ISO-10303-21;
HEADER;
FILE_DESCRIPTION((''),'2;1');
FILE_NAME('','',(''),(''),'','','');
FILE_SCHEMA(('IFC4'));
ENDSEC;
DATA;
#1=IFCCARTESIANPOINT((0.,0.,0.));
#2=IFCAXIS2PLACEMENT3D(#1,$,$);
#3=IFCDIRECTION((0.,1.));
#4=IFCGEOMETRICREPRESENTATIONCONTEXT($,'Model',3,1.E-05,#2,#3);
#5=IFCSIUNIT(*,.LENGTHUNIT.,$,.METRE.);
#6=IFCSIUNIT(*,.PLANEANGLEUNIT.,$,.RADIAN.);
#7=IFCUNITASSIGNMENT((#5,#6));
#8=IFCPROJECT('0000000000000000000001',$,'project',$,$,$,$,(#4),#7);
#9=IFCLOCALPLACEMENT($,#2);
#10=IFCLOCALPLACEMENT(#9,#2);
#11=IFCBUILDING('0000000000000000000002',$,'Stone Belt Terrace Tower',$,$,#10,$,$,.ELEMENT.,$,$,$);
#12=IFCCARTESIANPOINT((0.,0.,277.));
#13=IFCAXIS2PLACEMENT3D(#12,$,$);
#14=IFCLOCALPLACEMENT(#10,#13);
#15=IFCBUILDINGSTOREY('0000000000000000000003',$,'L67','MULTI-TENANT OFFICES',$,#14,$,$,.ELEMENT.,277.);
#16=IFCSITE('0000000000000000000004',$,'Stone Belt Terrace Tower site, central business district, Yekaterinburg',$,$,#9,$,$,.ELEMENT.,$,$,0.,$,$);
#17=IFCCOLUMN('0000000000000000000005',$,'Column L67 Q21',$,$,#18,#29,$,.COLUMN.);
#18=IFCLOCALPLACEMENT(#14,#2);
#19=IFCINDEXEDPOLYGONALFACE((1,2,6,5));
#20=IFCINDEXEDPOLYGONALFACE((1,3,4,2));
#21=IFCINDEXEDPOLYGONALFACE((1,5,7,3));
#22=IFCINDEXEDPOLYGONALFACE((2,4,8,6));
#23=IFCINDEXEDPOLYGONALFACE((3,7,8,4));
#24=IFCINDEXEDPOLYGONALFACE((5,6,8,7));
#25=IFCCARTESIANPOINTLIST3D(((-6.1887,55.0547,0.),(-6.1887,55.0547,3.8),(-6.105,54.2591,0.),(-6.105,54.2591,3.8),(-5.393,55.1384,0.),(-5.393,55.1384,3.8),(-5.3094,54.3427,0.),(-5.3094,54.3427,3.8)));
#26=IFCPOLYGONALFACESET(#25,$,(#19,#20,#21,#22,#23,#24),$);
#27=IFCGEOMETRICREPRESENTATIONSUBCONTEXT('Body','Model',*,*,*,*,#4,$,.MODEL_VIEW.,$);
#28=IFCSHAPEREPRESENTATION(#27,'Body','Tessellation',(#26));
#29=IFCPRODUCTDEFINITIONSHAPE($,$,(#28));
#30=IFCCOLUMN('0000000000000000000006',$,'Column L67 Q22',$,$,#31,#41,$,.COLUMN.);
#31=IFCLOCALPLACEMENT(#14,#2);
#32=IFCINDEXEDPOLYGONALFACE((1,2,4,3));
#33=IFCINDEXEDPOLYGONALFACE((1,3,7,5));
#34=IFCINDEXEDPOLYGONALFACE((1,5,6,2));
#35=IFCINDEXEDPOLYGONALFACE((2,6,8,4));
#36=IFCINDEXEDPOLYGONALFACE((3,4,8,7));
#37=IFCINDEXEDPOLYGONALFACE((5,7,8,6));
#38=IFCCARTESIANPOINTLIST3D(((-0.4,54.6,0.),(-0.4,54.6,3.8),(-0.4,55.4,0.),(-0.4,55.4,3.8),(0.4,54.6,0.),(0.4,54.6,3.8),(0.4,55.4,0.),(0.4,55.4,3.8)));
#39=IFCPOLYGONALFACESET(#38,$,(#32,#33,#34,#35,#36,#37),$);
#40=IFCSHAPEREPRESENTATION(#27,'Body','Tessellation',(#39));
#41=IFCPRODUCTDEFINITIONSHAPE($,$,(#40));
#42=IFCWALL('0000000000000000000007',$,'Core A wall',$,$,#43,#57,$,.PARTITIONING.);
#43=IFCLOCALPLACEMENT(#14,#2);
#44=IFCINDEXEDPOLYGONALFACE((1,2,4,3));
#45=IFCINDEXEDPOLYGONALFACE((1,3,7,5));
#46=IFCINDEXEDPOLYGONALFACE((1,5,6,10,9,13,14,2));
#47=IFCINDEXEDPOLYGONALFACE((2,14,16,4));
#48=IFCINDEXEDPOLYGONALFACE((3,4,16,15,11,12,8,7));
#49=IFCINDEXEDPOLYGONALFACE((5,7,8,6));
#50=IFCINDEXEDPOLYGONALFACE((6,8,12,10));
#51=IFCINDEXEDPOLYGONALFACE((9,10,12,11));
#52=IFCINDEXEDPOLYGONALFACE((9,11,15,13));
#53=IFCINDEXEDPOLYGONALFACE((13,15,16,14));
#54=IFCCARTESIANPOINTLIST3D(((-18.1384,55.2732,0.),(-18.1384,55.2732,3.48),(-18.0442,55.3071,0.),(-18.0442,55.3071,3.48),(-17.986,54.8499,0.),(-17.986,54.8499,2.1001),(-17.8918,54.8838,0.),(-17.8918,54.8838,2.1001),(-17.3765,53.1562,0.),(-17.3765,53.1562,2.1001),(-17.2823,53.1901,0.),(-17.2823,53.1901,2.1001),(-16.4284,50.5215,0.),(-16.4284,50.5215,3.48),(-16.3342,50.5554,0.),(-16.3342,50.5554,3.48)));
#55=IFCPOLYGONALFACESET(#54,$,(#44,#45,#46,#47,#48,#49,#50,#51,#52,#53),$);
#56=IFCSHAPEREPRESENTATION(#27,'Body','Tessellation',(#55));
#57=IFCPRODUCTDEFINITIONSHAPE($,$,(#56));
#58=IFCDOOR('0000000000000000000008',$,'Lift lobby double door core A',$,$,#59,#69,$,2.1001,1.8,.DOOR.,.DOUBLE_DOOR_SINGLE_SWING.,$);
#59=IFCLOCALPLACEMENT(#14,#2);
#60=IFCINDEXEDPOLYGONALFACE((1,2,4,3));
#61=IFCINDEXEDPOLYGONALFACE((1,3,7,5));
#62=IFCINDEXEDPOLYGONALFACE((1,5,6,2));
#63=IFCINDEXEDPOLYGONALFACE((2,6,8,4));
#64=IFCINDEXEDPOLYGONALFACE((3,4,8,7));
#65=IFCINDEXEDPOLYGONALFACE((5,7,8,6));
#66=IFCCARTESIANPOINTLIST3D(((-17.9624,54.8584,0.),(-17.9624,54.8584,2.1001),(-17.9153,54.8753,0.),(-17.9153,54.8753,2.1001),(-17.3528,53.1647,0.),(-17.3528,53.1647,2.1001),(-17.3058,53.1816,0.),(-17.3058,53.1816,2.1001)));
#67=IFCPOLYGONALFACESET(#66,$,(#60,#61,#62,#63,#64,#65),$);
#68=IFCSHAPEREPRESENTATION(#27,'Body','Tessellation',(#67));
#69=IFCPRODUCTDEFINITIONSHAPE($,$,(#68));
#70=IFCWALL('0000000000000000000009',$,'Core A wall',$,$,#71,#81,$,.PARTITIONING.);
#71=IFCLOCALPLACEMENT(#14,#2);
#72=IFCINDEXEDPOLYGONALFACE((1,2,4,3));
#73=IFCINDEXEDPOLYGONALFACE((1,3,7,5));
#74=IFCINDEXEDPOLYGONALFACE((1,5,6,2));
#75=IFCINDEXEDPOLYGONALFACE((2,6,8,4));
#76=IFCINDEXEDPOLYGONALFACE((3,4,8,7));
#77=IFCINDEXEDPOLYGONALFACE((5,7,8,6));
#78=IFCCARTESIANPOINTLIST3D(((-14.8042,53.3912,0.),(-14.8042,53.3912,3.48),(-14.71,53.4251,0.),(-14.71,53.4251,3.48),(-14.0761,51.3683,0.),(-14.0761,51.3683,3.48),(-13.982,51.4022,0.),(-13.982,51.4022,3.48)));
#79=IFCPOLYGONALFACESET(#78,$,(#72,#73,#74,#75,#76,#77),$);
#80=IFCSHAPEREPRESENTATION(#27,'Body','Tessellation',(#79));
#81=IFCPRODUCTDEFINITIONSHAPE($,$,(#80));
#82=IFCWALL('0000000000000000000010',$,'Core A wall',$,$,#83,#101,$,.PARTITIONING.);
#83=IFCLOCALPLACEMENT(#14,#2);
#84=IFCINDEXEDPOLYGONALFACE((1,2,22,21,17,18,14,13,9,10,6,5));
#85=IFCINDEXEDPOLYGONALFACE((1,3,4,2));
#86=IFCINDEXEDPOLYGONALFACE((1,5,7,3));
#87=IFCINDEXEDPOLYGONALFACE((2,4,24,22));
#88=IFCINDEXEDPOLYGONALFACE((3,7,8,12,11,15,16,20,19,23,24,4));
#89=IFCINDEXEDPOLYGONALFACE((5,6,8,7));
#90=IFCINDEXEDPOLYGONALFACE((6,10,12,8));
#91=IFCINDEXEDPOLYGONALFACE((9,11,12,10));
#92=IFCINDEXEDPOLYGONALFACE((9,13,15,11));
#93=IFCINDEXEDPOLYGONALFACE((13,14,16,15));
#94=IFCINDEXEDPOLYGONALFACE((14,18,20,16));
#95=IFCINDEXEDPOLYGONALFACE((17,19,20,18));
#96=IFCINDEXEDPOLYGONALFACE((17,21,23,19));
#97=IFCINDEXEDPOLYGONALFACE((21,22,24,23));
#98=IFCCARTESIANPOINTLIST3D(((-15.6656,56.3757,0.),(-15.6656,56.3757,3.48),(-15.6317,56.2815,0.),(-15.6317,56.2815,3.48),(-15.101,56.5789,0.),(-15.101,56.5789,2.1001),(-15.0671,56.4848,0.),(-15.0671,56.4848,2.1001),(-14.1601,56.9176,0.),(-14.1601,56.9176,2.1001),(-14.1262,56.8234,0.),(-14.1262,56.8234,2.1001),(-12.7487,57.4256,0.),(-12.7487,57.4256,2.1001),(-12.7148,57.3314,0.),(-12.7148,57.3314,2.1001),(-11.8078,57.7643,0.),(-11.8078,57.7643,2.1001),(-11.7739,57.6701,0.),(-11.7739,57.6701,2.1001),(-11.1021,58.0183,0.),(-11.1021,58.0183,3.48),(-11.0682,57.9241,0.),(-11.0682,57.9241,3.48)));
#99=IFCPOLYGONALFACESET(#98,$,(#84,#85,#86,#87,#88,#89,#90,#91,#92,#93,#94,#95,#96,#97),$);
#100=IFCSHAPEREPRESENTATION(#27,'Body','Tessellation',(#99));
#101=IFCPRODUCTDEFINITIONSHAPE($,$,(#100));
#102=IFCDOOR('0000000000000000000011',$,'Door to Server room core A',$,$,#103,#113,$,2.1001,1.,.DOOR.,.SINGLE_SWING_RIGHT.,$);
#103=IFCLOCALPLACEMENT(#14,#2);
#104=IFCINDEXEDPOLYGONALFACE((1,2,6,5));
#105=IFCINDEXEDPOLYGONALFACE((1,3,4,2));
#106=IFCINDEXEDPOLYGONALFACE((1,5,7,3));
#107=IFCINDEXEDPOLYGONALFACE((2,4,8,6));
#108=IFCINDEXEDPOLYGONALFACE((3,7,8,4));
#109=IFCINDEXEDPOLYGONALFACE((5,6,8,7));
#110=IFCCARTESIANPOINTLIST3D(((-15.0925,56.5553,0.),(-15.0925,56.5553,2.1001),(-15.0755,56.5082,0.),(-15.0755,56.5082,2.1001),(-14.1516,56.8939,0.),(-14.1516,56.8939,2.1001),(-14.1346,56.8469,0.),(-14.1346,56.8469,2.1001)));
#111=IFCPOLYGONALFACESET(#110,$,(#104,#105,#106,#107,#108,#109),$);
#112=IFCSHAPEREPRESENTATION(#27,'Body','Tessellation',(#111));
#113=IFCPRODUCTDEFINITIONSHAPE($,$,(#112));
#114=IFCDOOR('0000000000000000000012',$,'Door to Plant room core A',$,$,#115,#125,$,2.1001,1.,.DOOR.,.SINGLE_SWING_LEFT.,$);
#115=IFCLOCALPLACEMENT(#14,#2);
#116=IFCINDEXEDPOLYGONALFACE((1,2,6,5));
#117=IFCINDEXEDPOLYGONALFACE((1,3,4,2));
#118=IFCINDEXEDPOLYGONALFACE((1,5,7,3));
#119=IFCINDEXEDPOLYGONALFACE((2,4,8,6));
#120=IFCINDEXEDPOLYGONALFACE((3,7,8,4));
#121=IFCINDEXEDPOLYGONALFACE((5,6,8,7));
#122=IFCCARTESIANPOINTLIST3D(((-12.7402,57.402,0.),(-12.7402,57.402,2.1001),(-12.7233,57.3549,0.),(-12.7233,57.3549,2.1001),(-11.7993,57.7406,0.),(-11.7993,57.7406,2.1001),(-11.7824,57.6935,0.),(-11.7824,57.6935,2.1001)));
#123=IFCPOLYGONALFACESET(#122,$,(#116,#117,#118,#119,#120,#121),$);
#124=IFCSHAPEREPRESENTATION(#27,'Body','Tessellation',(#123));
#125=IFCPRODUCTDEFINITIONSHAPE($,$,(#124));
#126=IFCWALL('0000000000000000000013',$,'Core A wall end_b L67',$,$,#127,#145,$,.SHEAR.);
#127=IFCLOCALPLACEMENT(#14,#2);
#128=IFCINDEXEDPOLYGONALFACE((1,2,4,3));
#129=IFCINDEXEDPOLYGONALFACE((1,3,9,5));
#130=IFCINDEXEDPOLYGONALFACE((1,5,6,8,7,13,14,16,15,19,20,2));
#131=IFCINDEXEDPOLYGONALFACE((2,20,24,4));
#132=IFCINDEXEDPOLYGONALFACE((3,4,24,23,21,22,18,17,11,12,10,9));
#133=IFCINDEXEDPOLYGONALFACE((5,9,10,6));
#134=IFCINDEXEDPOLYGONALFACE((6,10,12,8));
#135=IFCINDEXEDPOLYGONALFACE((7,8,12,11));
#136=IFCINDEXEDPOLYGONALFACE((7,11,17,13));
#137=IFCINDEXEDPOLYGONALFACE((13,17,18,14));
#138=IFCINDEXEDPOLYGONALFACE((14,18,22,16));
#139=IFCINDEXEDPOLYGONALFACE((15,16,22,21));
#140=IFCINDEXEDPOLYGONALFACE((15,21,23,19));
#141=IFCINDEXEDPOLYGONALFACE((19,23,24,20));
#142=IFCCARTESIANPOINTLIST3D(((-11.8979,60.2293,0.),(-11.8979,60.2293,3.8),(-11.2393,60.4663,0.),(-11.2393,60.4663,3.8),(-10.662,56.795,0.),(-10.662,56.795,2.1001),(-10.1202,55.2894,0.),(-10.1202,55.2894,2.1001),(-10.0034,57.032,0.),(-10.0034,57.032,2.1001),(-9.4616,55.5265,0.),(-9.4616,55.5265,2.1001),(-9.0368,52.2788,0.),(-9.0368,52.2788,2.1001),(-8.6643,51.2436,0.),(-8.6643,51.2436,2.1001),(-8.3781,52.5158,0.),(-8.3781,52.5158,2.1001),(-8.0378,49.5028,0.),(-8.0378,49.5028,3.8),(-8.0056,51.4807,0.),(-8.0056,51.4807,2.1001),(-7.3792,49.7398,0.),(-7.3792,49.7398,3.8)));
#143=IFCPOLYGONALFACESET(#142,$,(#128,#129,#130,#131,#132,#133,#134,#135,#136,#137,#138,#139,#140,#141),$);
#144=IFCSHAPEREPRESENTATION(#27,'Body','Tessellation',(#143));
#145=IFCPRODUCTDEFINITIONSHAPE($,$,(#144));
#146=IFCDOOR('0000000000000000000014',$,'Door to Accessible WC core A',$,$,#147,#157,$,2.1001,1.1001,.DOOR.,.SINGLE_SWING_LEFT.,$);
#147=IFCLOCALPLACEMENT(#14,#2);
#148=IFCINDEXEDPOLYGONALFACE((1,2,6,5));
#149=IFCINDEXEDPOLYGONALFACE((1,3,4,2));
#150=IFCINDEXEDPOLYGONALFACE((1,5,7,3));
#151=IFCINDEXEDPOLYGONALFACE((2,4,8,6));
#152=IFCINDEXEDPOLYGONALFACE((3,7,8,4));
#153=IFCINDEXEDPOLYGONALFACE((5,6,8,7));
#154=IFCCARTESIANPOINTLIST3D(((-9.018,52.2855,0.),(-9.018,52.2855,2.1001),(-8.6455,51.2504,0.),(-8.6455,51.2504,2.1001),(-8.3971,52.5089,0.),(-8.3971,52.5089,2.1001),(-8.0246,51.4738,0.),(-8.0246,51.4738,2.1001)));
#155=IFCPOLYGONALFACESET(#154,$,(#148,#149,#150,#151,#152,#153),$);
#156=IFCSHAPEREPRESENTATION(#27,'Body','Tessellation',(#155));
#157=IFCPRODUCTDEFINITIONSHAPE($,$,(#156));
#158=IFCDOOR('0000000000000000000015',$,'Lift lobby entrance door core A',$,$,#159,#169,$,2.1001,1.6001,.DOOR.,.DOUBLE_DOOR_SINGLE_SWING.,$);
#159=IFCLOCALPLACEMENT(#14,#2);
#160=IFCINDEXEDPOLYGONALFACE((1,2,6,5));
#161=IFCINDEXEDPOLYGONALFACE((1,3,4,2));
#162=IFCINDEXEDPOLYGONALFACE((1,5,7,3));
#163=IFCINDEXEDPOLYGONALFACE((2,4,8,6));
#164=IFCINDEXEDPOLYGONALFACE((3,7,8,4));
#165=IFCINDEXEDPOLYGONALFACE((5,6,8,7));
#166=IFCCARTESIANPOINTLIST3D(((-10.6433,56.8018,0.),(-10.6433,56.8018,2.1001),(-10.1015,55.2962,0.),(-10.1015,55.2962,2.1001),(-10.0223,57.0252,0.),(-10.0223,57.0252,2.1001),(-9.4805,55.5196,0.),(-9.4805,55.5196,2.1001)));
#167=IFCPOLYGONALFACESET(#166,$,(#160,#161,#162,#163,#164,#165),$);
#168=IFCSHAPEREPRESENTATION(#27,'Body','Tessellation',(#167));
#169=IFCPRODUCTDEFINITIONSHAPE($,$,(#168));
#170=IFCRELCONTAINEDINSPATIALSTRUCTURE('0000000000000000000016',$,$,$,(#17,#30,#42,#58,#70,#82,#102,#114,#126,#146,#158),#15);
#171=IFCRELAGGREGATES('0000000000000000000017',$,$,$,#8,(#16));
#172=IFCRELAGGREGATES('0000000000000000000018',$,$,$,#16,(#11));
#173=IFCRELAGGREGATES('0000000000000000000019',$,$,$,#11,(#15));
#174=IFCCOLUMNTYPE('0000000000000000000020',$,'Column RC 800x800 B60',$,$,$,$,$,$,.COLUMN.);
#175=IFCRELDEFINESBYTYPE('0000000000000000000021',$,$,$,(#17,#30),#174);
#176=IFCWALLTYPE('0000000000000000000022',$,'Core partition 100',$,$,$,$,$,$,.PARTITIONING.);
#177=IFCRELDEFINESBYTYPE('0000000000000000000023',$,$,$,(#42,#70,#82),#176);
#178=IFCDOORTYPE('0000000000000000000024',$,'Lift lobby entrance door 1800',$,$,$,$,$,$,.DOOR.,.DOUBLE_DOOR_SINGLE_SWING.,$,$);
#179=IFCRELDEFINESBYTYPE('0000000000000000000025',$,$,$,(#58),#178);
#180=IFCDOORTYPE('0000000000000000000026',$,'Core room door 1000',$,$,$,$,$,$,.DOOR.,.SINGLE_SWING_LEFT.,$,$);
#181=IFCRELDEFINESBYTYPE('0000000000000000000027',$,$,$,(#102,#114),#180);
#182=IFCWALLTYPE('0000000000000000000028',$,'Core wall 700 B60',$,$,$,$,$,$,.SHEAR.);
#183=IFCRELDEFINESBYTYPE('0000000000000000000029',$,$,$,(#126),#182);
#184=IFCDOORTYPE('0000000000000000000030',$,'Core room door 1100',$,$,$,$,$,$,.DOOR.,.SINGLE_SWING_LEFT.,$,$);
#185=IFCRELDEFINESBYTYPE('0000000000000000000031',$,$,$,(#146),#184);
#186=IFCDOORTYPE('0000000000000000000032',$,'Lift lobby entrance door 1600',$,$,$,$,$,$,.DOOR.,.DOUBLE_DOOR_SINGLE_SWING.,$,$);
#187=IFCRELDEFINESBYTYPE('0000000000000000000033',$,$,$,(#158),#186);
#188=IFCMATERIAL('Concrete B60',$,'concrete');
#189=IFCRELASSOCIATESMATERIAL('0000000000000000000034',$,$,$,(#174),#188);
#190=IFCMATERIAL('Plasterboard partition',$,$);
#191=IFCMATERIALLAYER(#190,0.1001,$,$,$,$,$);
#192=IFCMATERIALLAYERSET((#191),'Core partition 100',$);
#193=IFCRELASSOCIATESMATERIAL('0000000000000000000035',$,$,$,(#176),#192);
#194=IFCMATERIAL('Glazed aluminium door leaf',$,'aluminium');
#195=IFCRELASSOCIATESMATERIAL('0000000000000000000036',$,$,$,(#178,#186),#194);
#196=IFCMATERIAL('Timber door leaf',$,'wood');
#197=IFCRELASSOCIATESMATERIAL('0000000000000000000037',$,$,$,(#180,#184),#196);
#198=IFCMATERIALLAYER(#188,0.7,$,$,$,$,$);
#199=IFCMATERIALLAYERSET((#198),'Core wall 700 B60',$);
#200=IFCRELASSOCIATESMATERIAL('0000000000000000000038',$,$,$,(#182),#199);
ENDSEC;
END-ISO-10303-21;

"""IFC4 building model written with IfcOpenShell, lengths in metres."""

from ifc_helpers import new_model, si_unit, direction, frame, frame_2d, origin, origin_2d, place, context, subcontext, project, spatial, rectangle, extrude, material, layer, layer_set, material_profile, profile_set, type_object, element, fill, save


model = new_model("IFC4")

# Units and contexts
model_context = context("Model", 3, precision=1e-05, world=origin(), true_north=direction((0.0, 1.0)))
body_context = subcontext(model_context, "Body", "Model", "MODEL_VIEW")
ifc_project = project(units=[si_unit("LENGTHUNIT", "METRE"), si_unit("PLANEANGLEUNIT", "RADIAN")], contexts=[model_context])

# Site, building, storey
site_placement = place(None, origin())
site = spatial("IfcSite", under=ifc_project, at=site_placement, Name="Stone Belt Terrace Tower site, central business district, Yekaterinburg", CompositionType="ELEMENT", RefElevation=0.0)
building_placement = place(site_placement, origin())
building = spatial("IfcBuilding", under=site, at=building_placement, Name="Stone Belt Terrace Tower", CompositionType="ELEMENT")
storey_placement = place(building_placement, frame((0.0, 0.0, 277.0)))
storey = spatial("IfcBuildingStorey", under=building, at=storey_placement, Name="L67", Description="MULTI-TENANT OFFICES", CompositionType="ELEMENT", Elevation=277.0)

# Columns
ifc_material_1 = material(Name="Concrete B60", Category="concrete")
ifc_material_profile = material_profile(ifc_material_1, rectangle(XDim=0.8, YDim=0.8, at=origin_2d()), Name="RC 800x800")
ifc_profile_set = profile_set([ifc_material_profile], Name="Concrete B60")
column_type = type_object("IfcColumnType", Name="Column RC 800x800 B60", PredefinedType="COLUMN", material=ifc_profile_set)
for number, where, z_axis, x_axis, name in (
    (1, (-5.749, 54.6987, 0.0), (0.0, 0.0, 1.0), (0.994522, 0.104528, 0.0), "Column L67 Q21"),
    (2, (0.0, 55.0, 0.0), (0.0, 0.0, 1.0), (1.0, 0.0, 0.0), "Column L67 Q22"),
):
    element("IfcColumn", number, at=place(storey_placement, frame(where, z_axis=z_axis, x_axis=x_axis)), inside=storey, type_object=column_type, Name=name, PredefinedType="COLUMN", context=body_context, shape_type="SweptSolid", body=[
        extrude(rectangle(XDim=0.8, YDim=0.8, at=origin_2d()), origin(), (0.0, 0.0, 1.0), 3.8),
    ])

# Wall, opening, door
ifc_material_2 = material(Name="Plasterboard partition")
ifc_layer_1 = layer(ifc_material_2, 0.1001)
ifc_layer_set_1 = layer_set([ifc_layer_1], Name="Core partition 100")
wall_type_1 = type_object("IfcWallType", Name="Core partition 100", PredefinedType="PARTITIONING", material=ifc_layer_set_1)
wall_1_placement = place(storey_placement, frame((-16.3813, 50.5386, 0.0), z_axis=(0.0, 0.0, 1.0), x_axis=(-0.338605, 0.940929, 0.0)))
wall_1 = element("IfcWall", 3, at=wall_1_placement, inside=storey, type_object=wall_type_1, Name="Core A wall", PredefinedType="PARTITIONING", context=body_context, shape_type="SweptSolid", body=[
    extrude(rectangle(XDim=5.05, YDim=0.1001, at=frame_2d((2.5249, 0.0))), origin(), (0.0, 0.0, 1.0), 3.48),
])
opening_1_placement = place(wall_1_placement, frame((2.8, 0.0, 0.0)))
opening_1 = element("IfcOpeningElement", 4, at=opening_1_placement, cuts=wall_1, PredefinedType="OPENING", context=body_context, shape_type="SweptSolid", body=[
    extrude(rectangle(XDim=1.8, YDim=2.1001, at=frame_2d((0.8999, 1.05))), frame((0.0, 0.0601, 0.0), z_axis=(0.0, -1.0, 0.0), x_axis=(1.0, 0.0, 0.0)), (0.0, 0.0, 1.0), 0.1201),
])
ifc_material_3 = material(Name="Glazed aluminium door leaf", Category="aluminium")
door_type_1 = type_object("IfcDoorType", Name="Lift lobby entrance door 1800", OperationType="DOUBLE_DOOR_SINGLE_SWING", PredefinedType="DOOR", material=ifc_material_3)
door_1_placement = place(opening_1_placement, origin())
door_1 = element("IfcDoor", 5, at=door_1_placement, inside=storey, type_object=door_type_1, Name="Lift lobby double door core A", OperationType="DOUBLE_DOOR_SINGLE_SWING", OverallHeight=2.1001, OverallWidth=1.8, PredefinedType="DOOR", context=body_context, shape_type="SweptSolid", body=[
    extrude(rectangle(XDim=1.8, YDim=2.1001, at=frame_2d((0.8999, 1.05))), frame((0.0, 0.0249, 0.0), z_axis=(0.0, -1.0, 0.0), x_axis=(1.0, 0.0, 0.0)), (0.0, 0.0, 1.0), 0.05),
])
fill(opening_1, door_1)

# Wall
wall_2_placement = place(storey_placement, frame((-14.0291, 51.3853, 0.0), z_axis=(0.0, 0.0, 1.0), x_axis=(-0.338623, 0.940922, 0.0)))
element("IfcWall", 6, at=wall_2_placement, inside=storey, type_object=wall_type_1, Name="Core A wall", PredefinedType="PARTITIONING", context=body_context, shape_type="SweptSolid", body=[
    extrude(rectangle(XDim=2.1499, YDim=0.1001, at=frame_2d((1.075, 0.0))), origin(), (0.0, 0.0, 1.0), 3.48),
])

# Walls, openings, doors
wall_3_placement = place(storey_placement, frame((-15.6487, 56.3286, 0.0), z_axis=(0.0, 0.0, 1.0), x_axis=(0.940905, 0.33867, 0.0)))
wall_3 = element("IfcWall", 7, at=wall_3_placement, inside=storey, type_object=wall_type_1, Name="Core A wall", PredefinedType="PARTITIONING", context=body_context, shape_type="SweptSolid", body=[
    extrude(rectangle(XDim=4.8501, YDim=0.1001, at=frame_2d((2.425, 0.0))), origin(), (0.0, 0.0, 1.0), 3.48),
])
opening_2_placement = place(wall_3_placement, frame((0.6001, 0.0, 0.0)))
opening_2 = element("IfcOpeningElement", 8, at=opening_2_placement, cuts=wall_3, PredefinedType="OPENING", context=body_context, shape_type="SweptSolid", body=[
    extrude(rectangle(XDim=1.0, YDim=2.1001, at=frame_2d((0.5, 1.05))), frame((0.0, 0.0601, 0.0), z_axis=(0.0, -1.0, 0.0), x_axis=(1.0, 0.0, 0.0)), (0.0, 0.0, 1.0), 0.1201),
])
opening_3_placement = place(wall_3_placement, frame((3.1001, 0.0, 0.0)))
opening_3 = element("IfcOpeningElement", 9, at=opening_3_placement, cuts=wall_3, PredefinedType="OPENING", context=body_context, shape_type="SweptSolid", body=[
    extrude(rectangle(XDim=1.0, YDim=2.1001, at=frame_2d((0.5, 1.05))), frame((0.0, 0.0601, 0.0), z_axis=(0.0, -1.0, 0.0), x_axis=(1.0, 0.0, 0.0)), (0.0, 0.0, 1.0), 0.1201),
])
ifc_material_4 = material(Name="Timber door leaf", Category="wood")
door_type_2 = type_object("IfcDoorType", Name="Core room door 1000", OperationType="SINGLE_SWING_LEFT", PredefinedType="DOOR", material=ifc_material_4)
door_2_placement = place(opening_2_placement, origin())
door_2 = element("IfcDoor", 10, at=door_2_placement, inside=storey, type_object=door_type_2, Name="Door to Server room core A", OperationType="SINGLE_SWING_RIGHT", OverallHeight=2.1001, OverallWidth=1.0, PredefinedType="DOOR", context=body_context, shape_type="SweptSolid", body=[
    extrude(rectangle(XDim=1.0, YDim=2.1001, at=frame_2d((0.5, 1.05))), frame((0.0, 0.0249, 0.0), z_axis=(0.0, -1.0, 0.0), x_axis=(1.0, 0.0, 0.0)), (0.0, 0.0, 1.0), 0.05),
])
fill(opening_2, door_2)
door_3_placement = place(opening_3_placement, origin())
door_3 = element("IfcDoor", 11, at=door_3_placement, inside=storey, type_object=door_type_2, Name="Door to Plant room core A", OperationType="SINGLE_SWING_LEFT", OverallHeight=2.1001, OverallWidth=1.0, PredefinedType="DOOR", context=body_context, shape_type="SweptSolid", body=[
    extrude(rectangle(XDim=1.0, YDim=2.1001, at=frame_2d((0.5, 1.05))), frame((0.0, 0.0249, 0.0), z_axis=(0.0, -1.0, 0.0), x_axis=(1.0, 0.0, 0.0)), (0.0, 0.0, 1.0), 0.05),
])
fill(opening_3, door_3)
ifc_layer_2 = layer(ifc_material_1, 0.7)
ifc_layer_set_2 = layer_set([ifc_layer_2], Name="Core wall 700 B60")
wall_type_2 = type_object("IfcWallType", Name="Core wall 700 B60", PredefinedType="SHEAR", material=ifc_layer_set_2)
wall_4_placement = place(storey_placement, frame((-7.7085, 49.6213, 0.0), z_axis=(0.0, 0.0, 1.0), x_axis=(-0.338606, 0.940928, 0.0)))
wall_4 = element("IfcWall", 12, at=wall_4_placement, inside=storey, type_object=wall_type_2, Name="Core A wall end_b L67", PredefinedType="SHEAR", context=body_context, shape_type="SweptSolid", body=[
    extrude(rectangle(XDim=11.3999, YDim=0.7, at=frame_2d((5.7, 0.0))), origin(), (0.0, 0.0, 1.0), 3.8),
])
opening_4_placement = place(wall_4_placement, frame((6.1499, 0.0, 0.0)))
opening_4 = element("IfcOpeningElement", 13, at=opening_4_placement, cuts=wall_4, PredefinedType="OPENING", context=body_context, shape_type="SweptSolid", body=[
    extrude(rectangle(XDim=1.6001, YDim=2.1001, at=frame_2d((0.8, 1.05))), frame((0.0, 0.3599, 0.0), z_axis=(0.0, -1.0, 0.0), x_axis=(1.0, 0.0, 0.0)), (0.0, 0.0, 1.0), 0.72),
])
opening_5_placement = place(wall_4_placement, frame((1.8501, 0.0, 0.0)))
opening_5 = element("IfcOpeningElement", 14, at=opening_5_placement, cuts=wall_4, PredefinedType="OPENING", context=body_context, shape_type="SweptSolid", body=[
    extrude(rectangle(XDim=1.1001, YDim=2.1001, at=frame_2d((0.55, 1.05))), frame((0.0, 0.3599, 0.0), z_axis=(0.0, -1.0, 0.0), x_axis=(1.0, 0.0, 0.0)), (0.0, 0.0, 1.0), 0.72),
])
door_type_3 = type_object("IfcDoorType", Name="Core room door 1100", OperationType="SINGLE_SWING_LEFT", PredefinedType="DOOR", material=ifc_material_4)
door_4_placement = place(opening_5_placement, origin())
door_4 = element("IfcDoor", 15, at=door_4_placement, inside=storey, type_object=door_type_3, Name="Door to Accessible WC core A", OperationType="SINGLE_SWING_LEFT", OverallHeight=2.1001, OverallWidth=1.1001, PredefinedType="DOOR", context=body_context, shape_type="SweptSolid", body=[
    extrude(rectangle(XDim=1.1001, YDim=2.1001, at=frame_2d((0.55, 1.05))), frame((0.0, 0.3301, 0.0), z_axis=(0.0, -1.0, 0.0), x_axis=(1.0, 0.0, 0.0)), (0.0, 0.0, 1.0), 0.6599),
])
fill(opening_5, door_4)
door_type_4 = type_object("IfcDoorType", Name="Lift lobby entrance door 1600", OperationType="DOUBLE_DOOR_SINGLE_SWING", PredefinedType="DOOR", material=ifc_material_3)
door_5_placement = place(opening_4_placement, origin())
door_5 = element("IfcDoor", 16, at=door_5_placement, inside=storey, type_object=door_type_4, Name="Lift lobby entrance door core A", OperationType="DOUBLE_DOOR_SINGLE_SWING", OverallHeight=2.1001, OverallWidth=1.6001, PredefinedType="DOOR", context=body_context, shape_type="SweptSolid", body=[
    extrude(rectangle(XDim=1.6001, YDim=2.1001, at=frame_2d((0.8, 1.05))), frame((0.0, 0.3301, 0.0), z_axis=(0.0, -1.0, 0.0), x_axis=(1.0, 0.0, 0.0)), (0.0, 0.0, 1.0), 0.6599),
])
fill(opening_4, door_5)

save(model, "model.ifc")
